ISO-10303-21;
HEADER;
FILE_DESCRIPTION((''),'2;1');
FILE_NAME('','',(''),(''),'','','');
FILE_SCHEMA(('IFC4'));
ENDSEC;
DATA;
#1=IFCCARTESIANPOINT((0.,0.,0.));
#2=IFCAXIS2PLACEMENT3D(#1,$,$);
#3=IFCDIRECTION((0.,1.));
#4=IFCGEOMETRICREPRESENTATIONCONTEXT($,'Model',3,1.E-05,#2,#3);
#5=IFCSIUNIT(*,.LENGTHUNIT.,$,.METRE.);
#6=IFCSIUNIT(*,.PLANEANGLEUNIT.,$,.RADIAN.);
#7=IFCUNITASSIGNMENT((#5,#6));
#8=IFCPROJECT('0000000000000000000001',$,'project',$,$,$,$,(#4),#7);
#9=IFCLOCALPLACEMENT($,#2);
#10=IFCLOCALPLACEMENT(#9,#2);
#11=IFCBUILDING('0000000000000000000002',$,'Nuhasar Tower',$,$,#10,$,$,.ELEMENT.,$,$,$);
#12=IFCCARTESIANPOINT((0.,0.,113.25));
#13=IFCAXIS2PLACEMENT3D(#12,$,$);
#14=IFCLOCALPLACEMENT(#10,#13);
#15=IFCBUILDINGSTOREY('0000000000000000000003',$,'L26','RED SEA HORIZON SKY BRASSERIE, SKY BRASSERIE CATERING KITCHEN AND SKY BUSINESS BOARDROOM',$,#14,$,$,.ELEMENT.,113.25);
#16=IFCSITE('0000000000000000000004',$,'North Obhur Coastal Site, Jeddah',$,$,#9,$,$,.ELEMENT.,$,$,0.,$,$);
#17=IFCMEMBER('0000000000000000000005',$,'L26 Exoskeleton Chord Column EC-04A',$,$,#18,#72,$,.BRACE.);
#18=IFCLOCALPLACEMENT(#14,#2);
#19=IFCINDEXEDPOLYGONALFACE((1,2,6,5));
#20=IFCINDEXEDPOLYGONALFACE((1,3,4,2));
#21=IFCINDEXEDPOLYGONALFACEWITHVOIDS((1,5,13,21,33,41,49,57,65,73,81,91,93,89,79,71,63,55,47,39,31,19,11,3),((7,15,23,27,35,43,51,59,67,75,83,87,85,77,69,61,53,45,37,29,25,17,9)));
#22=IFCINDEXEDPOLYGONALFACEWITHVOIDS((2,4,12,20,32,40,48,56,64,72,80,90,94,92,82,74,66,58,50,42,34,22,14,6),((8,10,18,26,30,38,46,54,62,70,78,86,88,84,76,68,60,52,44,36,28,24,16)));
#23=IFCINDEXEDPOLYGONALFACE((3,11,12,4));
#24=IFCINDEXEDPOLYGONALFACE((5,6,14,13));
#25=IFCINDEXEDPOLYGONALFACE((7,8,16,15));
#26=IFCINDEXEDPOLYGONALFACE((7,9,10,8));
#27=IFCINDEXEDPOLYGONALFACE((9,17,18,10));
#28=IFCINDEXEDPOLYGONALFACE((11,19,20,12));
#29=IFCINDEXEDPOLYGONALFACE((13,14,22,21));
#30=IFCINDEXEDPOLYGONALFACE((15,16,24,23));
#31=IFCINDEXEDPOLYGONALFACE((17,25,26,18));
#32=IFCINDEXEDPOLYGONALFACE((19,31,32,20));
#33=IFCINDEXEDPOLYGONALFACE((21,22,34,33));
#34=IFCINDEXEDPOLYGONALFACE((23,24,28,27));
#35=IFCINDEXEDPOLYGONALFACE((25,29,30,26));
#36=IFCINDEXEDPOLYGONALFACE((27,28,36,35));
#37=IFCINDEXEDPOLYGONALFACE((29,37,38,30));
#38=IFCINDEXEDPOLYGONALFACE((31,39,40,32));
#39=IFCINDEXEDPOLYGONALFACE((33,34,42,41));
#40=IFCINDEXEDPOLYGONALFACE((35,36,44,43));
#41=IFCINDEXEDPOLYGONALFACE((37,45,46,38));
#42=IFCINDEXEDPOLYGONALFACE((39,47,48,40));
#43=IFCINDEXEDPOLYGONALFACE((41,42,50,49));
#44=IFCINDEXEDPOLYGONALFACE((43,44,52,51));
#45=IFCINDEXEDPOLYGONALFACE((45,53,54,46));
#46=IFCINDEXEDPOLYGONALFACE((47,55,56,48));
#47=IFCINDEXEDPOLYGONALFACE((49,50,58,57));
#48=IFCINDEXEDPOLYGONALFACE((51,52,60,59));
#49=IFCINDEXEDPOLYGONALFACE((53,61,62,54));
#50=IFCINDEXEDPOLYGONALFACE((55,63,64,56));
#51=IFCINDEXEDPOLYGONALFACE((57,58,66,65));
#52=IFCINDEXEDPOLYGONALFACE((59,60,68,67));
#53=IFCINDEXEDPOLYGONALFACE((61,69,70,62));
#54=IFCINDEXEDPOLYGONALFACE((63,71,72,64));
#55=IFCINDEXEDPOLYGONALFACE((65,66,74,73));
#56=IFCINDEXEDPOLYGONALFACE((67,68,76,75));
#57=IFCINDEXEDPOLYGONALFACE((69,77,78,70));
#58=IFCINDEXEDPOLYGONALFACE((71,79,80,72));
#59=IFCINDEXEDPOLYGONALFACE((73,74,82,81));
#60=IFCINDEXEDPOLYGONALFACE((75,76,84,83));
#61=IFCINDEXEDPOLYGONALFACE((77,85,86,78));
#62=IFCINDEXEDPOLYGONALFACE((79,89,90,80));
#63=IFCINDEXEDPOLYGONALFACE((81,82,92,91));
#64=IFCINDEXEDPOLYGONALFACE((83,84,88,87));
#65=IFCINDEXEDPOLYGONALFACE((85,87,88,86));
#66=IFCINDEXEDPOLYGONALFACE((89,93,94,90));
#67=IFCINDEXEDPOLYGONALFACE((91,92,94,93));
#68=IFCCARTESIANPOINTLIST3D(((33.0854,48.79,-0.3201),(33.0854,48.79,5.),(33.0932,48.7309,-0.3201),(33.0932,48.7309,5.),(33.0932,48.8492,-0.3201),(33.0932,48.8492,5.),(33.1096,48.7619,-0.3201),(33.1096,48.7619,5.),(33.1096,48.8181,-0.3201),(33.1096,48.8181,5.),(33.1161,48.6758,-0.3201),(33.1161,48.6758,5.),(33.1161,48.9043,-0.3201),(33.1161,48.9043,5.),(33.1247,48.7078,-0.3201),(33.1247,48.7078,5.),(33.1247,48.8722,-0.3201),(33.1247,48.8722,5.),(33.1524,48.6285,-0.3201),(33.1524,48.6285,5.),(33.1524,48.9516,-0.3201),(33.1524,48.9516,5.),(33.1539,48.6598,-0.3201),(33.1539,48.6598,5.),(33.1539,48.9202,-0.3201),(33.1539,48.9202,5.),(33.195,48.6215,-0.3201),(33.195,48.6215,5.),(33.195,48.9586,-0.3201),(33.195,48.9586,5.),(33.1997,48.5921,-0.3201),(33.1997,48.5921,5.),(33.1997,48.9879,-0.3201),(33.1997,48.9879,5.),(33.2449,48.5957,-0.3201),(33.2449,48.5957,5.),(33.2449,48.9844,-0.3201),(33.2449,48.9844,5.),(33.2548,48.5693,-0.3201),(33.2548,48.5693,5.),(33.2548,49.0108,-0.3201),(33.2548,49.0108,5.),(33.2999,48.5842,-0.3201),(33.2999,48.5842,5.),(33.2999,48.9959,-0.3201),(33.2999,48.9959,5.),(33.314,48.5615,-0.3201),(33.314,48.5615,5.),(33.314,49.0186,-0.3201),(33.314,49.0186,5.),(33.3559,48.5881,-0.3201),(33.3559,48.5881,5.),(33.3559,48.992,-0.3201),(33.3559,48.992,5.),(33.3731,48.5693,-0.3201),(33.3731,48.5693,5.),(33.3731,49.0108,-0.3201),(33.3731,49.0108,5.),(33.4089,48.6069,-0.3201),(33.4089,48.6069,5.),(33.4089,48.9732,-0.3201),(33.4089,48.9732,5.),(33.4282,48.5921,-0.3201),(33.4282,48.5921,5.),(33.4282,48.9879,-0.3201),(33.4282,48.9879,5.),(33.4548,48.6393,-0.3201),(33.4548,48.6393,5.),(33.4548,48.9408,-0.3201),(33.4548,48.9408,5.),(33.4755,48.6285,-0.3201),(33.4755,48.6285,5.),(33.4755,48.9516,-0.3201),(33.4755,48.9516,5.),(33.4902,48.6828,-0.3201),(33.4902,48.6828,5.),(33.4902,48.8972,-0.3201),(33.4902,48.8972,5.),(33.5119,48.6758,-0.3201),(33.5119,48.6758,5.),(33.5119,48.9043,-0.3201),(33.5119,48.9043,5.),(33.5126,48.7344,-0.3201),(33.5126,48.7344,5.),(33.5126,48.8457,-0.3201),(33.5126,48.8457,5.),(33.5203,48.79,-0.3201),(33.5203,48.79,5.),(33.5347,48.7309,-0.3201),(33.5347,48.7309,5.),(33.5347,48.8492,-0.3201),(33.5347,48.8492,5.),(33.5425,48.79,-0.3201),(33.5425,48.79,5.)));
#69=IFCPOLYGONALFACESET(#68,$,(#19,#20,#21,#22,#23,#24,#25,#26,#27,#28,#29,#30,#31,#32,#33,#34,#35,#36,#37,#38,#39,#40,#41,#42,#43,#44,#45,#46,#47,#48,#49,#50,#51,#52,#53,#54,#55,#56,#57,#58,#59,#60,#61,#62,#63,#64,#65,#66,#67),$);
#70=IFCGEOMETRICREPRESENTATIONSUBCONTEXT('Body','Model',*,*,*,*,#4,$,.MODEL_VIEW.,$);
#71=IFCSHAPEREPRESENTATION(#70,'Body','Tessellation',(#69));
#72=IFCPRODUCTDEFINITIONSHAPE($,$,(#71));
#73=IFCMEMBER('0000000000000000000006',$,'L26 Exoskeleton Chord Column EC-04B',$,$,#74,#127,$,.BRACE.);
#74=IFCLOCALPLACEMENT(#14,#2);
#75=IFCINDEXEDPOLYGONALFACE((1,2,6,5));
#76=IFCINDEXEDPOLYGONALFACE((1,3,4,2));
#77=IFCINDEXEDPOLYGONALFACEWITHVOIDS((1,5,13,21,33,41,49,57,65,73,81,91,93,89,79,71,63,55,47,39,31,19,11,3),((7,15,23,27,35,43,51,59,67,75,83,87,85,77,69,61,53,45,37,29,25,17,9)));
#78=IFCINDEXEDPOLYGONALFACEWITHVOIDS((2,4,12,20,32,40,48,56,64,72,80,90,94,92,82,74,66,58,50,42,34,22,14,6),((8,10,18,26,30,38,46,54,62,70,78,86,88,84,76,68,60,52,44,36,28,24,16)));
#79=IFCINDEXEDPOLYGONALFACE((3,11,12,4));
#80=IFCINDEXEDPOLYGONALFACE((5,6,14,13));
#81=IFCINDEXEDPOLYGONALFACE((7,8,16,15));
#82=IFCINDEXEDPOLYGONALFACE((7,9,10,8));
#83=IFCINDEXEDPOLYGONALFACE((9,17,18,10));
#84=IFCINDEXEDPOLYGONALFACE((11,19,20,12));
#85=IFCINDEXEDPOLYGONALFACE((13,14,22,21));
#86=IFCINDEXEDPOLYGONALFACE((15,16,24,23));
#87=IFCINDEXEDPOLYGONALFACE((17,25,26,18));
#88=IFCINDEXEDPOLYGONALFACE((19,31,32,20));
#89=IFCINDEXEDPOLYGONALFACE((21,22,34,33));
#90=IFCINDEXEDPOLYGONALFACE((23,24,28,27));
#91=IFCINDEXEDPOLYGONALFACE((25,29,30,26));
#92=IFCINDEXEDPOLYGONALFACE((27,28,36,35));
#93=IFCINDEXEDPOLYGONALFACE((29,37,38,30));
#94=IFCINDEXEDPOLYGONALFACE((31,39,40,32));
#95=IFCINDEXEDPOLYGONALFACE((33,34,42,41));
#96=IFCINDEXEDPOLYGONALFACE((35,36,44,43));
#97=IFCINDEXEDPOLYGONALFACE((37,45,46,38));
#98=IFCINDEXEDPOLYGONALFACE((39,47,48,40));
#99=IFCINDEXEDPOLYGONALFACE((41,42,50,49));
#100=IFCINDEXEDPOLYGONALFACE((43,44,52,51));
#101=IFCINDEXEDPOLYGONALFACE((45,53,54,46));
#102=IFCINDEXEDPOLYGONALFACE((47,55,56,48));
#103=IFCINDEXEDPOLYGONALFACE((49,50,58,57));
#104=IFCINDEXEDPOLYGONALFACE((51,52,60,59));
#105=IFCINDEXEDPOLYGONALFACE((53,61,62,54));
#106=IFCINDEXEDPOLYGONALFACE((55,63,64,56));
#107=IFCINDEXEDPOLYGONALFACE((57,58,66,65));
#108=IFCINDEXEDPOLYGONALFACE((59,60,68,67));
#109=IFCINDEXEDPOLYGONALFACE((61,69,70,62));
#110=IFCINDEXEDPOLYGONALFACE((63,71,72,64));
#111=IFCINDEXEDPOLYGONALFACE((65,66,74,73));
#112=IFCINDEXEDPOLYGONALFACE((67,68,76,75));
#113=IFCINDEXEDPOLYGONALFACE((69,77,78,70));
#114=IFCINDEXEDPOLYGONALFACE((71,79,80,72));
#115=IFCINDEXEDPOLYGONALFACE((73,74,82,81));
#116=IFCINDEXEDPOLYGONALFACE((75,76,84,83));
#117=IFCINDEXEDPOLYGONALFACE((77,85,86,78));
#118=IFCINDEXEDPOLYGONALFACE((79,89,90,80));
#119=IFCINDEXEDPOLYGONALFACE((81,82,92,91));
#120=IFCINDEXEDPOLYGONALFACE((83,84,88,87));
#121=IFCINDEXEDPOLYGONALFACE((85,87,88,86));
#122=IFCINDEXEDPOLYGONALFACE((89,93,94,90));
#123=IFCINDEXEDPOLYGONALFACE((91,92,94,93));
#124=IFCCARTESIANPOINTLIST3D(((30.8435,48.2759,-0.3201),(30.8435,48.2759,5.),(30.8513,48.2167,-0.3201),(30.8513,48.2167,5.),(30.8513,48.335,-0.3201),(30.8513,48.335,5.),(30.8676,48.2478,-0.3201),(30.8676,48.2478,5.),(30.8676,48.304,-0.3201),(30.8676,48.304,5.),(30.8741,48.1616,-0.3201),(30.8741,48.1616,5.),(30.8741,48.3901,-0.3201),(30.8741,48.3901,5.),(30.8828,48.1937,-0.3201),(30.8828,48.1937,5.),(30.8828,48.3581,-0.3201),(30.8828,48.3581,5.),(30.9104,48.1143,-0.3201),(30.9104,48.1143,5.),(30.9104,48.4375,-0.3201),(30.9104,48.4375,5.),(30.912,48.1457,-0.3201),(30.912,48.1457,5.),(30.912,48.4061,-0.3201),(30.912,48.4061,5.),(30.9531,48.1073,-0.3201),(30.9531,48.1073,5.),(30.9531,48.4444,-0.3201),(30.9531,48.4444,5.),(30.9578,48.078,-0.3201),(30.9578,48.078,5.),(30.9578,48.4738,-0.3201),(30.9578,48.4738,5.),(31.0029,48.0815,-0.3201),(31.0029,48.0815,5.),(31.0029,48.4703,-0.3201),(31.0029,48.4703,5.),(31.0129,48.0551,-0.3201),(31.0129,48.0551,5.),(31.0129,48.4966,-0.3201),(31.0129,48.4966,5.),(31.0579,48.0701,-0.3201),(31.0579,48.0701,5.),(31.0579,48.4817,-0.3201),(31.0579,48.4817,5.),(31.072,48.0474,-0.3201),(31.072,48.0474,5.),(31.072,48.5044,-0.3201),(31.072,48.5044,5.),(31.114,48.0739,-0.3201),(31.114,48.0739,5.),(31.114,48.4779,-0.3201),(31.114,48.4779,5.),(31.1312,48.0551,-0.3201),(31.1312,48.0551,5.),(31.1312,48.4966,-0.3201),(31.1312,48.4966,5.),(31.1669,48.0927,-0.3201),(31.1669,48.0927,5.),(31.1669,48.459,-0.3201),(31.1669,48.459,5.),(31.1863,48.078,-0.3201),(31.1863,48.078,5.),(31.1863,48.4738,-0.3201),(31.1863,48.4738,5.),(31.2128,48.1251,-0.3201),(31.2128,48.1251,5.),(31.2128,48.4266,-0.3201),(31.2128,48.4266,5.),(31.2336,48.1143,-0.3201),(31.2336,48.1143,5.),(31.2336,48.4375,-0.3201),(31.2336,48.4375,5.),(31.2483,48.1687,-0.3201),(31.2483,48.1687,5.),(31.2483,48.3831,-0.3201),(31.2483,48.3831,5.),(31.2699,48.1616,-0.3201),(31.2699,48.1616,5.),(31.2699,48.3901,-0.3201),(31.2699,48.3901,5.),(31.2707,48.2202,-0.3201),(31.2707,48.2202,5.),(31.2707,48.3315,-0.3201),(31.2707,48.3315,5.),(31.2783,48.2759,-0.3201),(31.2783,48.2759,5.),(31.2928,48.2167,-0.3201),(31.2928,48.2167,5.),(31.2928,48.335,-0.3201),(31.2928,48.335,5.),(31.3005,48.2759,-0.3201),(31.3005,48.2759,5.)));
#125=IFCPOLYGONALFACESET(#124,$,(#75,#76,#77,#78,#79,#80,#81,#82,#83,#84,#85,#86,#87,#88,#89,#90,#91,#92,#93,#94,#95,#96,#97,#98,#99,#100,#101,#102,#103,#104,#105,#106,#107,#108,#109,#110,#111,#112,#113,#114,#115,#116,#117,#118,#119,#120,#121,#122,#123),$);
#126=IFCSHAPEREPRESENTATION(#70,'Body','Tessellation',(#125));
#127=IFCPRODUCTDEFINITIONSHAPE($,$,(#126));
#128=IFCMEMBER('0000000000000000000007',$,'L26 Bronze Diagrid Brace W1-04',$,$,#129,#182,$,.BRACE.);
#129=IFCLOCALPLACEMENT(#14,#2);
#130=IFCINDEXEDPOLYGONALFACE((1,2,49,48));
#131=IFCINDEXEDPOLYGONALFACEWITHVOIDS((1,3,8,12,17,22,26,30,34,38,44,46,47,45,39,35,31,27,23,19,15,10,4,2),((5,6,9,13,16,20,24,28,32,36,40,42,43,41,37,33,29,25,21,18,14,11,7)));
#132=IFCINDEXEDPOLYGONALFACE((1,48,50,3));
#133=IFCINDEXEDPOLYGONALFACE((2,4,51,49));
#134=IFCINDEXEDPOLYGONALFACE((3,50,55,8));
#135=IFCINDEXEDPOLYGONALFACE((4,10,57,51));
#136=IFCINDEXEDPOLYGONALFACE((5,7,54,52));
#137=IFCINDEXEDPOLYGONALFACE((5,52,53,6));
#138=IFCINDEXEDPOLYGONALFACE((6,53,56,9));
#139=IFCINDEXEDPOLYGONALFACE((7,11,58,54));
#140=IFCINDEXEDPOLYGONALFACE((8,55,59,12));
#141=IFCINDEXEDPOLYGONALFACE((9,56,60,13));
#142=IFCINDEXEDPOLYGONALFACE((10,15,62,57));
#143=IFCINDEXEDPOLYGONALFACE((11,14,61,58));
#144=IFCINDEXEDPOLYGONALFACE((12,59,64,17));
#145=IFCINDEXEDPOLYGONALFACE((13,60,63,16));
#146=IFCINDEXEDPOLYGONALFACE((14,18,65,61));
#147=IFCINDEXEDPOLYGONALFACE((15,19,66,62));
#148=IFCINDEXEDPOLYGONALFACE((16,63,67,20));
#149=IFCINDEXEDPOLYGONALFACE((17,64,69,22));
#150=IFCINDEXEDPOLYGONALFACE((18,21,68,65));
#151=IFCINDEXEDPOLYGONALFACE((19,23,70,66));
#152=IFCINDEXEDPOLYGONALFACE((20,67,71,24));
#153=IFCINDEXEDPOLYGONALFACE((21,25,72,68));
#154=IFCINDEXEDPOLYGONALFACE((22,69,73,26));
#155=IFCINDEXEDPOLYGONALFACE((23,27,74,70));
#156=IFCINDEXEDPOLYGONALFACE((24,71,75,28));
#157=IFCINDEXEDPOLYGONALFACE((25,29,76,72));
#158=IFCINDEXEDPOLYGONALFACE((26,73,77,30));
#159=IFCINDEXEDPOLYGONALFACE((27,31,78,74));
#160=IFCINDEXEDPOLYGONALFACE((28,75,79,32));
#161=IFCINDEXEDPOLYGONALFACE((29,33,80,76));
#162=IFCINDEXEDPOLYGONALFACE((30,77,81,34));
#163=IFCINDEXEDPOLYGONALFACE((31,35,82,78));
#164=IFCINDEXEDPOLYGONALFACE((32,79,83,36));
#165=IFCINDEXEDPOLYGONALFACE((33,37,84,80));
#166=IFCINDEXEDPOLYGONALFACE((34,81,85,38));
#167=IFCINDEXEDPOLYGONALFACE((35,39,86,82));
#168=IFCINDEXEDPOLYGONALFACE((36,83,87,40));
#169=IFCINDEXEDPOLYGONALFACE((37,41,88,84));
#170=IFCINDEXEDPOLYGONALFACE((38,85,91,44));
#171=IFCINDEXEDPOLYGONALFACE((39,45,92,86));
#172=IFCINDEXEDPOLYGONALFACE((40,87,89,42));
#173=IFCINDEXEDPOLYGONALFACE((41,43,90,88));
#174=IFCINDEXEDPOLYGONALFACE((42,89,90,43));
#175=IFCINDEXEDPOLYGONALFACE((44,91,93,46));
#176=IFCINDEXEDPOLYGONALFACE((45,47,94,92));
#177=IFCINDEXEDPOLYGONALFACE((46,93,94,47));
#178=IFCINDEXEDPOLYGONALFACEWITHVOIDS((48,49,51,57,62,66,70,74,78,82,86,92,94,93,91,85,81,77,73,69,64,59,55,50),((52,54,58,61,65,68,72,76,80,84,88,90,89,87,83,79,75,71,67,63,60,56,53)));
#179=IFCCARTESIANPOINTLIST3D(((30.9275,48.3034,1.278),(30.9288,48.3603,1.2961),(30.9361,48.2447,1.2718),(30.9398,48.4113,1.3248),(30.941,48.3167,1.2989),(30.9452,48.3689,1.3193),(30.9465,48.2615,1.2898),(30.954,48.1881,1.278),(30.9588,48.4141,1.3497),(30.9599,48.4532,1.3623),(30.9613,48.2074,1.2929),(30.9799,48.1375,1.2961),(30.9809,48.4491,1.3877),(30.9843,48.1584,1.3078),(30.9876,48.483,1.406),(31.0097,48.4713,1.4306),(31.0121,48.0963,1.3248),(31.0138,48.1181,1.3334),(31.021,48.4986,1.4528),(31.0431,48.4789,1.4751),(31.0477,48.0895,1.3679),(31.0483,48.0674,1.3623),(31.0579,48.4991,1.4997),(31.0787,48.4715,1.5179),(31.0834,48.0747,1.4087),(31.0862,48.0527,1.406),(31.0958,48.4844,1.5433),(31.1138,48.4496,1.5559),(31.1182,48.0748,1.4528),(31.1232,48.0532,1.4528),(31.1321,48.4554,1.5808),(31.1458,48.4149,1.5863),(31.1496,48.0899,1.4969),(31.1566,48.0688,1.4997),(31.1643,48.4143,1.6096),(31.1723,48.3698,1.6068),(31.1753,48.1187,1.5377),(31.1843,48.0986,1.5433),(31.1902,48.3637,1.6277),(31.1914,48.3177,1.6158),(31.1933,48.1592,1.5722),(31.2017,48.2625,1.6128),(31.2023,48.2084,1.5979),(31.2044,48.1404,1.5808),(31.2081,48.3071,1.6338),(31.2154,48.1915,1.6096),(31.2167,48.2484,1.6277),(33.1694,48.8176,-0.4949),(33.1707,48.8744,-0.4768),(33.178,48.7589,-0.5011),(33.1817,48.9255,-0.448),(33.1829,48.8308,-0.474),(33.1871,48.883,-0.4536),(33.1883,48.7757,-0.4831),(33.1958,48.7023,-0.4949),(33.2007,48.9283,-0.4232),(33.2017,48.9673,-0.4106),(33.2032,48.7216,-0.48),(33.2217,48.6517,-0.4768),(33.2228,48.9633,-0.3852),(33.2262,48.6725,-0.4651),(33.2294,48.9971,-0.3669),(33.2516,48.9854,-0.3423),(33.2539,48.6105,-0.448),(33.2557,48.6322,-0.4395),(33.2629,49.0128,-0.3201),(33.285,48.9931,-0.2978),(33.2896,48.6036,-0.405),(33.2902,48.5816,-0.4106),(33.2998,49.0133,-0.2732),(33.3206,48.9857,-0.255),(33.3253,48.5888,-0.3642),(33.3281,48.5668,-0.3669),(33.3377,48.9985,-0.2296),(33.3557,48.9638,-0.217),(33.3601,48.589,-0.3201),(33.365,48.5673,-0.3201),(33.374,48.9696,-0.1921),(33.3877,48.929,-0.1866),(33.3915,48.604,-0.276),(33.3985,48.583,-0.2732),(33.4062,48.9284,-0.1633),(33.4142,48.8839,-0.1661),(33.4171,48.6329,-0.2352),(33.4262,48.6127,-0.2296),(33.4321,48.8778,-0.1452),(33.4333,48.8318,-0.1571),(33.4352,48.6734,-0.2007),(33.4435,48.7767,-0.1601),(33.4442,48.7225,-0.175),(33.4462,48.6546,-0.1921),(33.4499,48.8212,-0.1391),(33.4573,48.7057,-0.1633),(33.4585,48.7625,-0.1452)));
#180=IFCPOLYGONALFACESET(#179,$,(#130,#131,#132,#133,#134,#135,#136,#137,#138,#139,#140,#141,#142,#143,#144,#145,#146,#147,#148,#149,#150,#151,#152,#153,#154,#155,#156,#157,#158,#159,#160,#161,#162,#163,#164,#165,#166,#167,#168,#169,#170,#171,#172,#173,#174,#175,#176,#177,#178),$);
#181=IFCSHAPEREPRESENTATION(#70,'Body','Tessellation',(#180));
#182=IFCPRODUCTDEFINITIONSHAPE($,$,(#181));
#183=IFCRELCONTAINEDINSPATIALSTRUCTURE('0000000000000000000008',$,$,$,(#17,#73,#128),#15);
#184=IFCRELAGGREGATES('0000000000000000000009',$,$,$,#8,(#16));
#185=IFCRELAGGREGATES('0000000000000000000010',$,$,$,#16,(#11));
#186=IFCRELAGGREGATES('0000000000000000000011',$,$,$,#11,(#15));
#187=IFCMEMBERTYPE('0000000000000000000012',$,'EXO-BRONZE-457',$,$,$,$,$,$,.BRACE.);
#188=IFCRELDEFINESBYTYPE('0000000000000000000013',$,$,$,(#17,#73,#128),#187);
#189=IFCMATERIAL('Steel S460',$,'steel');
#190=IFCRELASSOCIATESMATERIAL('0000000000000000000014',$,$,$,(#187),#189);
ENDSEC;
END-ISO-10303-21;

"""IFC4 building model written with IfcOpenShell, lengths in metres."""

from ifc_helpers import new_model, si_unit, direction, frame, origin, origin_2d, place, context, subcontext, project, spatial, hollow_circle, extrude, material, material_profile, profile_set, type_object, element, save


model = new_model("IFC4")

# Units and contexts
model_context = context("Model", 3, precision=1e-05, world=origin(), true_north=direction((0.0, 1.0)))
body_context = subcontext(model_context, "Body", "Model", "MODEL_VIEW")
ifc_project = project(units=[si_unit("LENGTHUNIT", "METRE"), si_unit("PLANEANGLEUNIT", "RADIAN")], contexts=[model_context])

# Site, building, storey
site_placement = place(None, origin())
site = spatial("IfcSite", under=ifc_project, at=site_placement, Name="North Obhur Coastal Site, Jeddah", CompositionType="ELEMENT", RefElevation=0.0)
building_placement = place(site_placement, origin())
building = spatial("IfcBuilding", under=site, at=building_placement, Name="Nuhasar Tower", CompositionType="ELEMENT")
storey_placement = place(building_placement, frame((0.0, 0.0, 113.25)))
storey = spatial("IfcBuildingStorey", under=building, at=storey_placement, Name="L26", Description="RED SEA HORIZON SKY BRASSERIE, SKY BRASSERIE CATERING KITCHEN AND SKY BUSINESS BOARDROOM", CompositionType="ELEMENT", Elevation=113.25)

# Shared definitions
ifc_material_1 = material(Name="Steel S460", Category="steel")

# Members
ifc_material_profile_1 = material_profile(ifc_material_1, hollow_circle(Radius=0.2285, WallThickness=0.0222, at=origin_2d()), Name="HSS457X22.2")
ifc_profile_set_1 = profile_set([ifc_material_profile_1], Name="Steel S460")
member_type_1 = type_object("IfcMemberType", Name="EXO-BRONZE-457", PredefinedType="BRACE", material=ifc_profile_set_1)
for number, where, z_axis, x_axis, name in (
    (1, (33.314, 48.79, -0.3201), (0.0, 0.0, 1.0), (1.0, 0.0, 0.0), "L26 Exoskeleton Chord Column EC-04A"),
    (2, (31.072, 48.2759, -0.3201), (0.0, 0.0, 1.0), (1.0, 0.0, 0.0), "L26 Exoskeleton Chord Column EC-04B"),
):
    element("IfcMember", number, at=place(storey_placement, frame(where, z_axis=z_axis, x_axis=x_axis)), inside=storey, type_object=member_type_1, Name=name, PredefinedType="BRACE", context=body_context, shape_type="SweptSolid", body=[
        extrude(hollow_circle(Radius=0.2285, WallThickness=0.0222, at=origin_2d()), origin(), (0.0, 0.0, 1.0), 5.3201),
    ])
member_1_placement = place(storey_placement, frame((33.314, 48.79, -0.3201), z_axis=(-0.771982, -0.177044, 0.610491), x_axis=(0.223534, -0.974696, 0.0)))
element("IfcMember", 3, at=member_1_placement, inside=storey, type_object=member_type_1, Name="L26 Bronze Diagrid Brace W1-04", PredefinedType="BRACE", context=body_context, shape_type="SweptSolid", body=[
    extrude(hollow_circle(Radius=0.2285, WallThickness=0.0222, at=origin_2d()), origin(), (0.0, 0.0, 1.0), 2.9041),
])

save(model, "model.ifc")
